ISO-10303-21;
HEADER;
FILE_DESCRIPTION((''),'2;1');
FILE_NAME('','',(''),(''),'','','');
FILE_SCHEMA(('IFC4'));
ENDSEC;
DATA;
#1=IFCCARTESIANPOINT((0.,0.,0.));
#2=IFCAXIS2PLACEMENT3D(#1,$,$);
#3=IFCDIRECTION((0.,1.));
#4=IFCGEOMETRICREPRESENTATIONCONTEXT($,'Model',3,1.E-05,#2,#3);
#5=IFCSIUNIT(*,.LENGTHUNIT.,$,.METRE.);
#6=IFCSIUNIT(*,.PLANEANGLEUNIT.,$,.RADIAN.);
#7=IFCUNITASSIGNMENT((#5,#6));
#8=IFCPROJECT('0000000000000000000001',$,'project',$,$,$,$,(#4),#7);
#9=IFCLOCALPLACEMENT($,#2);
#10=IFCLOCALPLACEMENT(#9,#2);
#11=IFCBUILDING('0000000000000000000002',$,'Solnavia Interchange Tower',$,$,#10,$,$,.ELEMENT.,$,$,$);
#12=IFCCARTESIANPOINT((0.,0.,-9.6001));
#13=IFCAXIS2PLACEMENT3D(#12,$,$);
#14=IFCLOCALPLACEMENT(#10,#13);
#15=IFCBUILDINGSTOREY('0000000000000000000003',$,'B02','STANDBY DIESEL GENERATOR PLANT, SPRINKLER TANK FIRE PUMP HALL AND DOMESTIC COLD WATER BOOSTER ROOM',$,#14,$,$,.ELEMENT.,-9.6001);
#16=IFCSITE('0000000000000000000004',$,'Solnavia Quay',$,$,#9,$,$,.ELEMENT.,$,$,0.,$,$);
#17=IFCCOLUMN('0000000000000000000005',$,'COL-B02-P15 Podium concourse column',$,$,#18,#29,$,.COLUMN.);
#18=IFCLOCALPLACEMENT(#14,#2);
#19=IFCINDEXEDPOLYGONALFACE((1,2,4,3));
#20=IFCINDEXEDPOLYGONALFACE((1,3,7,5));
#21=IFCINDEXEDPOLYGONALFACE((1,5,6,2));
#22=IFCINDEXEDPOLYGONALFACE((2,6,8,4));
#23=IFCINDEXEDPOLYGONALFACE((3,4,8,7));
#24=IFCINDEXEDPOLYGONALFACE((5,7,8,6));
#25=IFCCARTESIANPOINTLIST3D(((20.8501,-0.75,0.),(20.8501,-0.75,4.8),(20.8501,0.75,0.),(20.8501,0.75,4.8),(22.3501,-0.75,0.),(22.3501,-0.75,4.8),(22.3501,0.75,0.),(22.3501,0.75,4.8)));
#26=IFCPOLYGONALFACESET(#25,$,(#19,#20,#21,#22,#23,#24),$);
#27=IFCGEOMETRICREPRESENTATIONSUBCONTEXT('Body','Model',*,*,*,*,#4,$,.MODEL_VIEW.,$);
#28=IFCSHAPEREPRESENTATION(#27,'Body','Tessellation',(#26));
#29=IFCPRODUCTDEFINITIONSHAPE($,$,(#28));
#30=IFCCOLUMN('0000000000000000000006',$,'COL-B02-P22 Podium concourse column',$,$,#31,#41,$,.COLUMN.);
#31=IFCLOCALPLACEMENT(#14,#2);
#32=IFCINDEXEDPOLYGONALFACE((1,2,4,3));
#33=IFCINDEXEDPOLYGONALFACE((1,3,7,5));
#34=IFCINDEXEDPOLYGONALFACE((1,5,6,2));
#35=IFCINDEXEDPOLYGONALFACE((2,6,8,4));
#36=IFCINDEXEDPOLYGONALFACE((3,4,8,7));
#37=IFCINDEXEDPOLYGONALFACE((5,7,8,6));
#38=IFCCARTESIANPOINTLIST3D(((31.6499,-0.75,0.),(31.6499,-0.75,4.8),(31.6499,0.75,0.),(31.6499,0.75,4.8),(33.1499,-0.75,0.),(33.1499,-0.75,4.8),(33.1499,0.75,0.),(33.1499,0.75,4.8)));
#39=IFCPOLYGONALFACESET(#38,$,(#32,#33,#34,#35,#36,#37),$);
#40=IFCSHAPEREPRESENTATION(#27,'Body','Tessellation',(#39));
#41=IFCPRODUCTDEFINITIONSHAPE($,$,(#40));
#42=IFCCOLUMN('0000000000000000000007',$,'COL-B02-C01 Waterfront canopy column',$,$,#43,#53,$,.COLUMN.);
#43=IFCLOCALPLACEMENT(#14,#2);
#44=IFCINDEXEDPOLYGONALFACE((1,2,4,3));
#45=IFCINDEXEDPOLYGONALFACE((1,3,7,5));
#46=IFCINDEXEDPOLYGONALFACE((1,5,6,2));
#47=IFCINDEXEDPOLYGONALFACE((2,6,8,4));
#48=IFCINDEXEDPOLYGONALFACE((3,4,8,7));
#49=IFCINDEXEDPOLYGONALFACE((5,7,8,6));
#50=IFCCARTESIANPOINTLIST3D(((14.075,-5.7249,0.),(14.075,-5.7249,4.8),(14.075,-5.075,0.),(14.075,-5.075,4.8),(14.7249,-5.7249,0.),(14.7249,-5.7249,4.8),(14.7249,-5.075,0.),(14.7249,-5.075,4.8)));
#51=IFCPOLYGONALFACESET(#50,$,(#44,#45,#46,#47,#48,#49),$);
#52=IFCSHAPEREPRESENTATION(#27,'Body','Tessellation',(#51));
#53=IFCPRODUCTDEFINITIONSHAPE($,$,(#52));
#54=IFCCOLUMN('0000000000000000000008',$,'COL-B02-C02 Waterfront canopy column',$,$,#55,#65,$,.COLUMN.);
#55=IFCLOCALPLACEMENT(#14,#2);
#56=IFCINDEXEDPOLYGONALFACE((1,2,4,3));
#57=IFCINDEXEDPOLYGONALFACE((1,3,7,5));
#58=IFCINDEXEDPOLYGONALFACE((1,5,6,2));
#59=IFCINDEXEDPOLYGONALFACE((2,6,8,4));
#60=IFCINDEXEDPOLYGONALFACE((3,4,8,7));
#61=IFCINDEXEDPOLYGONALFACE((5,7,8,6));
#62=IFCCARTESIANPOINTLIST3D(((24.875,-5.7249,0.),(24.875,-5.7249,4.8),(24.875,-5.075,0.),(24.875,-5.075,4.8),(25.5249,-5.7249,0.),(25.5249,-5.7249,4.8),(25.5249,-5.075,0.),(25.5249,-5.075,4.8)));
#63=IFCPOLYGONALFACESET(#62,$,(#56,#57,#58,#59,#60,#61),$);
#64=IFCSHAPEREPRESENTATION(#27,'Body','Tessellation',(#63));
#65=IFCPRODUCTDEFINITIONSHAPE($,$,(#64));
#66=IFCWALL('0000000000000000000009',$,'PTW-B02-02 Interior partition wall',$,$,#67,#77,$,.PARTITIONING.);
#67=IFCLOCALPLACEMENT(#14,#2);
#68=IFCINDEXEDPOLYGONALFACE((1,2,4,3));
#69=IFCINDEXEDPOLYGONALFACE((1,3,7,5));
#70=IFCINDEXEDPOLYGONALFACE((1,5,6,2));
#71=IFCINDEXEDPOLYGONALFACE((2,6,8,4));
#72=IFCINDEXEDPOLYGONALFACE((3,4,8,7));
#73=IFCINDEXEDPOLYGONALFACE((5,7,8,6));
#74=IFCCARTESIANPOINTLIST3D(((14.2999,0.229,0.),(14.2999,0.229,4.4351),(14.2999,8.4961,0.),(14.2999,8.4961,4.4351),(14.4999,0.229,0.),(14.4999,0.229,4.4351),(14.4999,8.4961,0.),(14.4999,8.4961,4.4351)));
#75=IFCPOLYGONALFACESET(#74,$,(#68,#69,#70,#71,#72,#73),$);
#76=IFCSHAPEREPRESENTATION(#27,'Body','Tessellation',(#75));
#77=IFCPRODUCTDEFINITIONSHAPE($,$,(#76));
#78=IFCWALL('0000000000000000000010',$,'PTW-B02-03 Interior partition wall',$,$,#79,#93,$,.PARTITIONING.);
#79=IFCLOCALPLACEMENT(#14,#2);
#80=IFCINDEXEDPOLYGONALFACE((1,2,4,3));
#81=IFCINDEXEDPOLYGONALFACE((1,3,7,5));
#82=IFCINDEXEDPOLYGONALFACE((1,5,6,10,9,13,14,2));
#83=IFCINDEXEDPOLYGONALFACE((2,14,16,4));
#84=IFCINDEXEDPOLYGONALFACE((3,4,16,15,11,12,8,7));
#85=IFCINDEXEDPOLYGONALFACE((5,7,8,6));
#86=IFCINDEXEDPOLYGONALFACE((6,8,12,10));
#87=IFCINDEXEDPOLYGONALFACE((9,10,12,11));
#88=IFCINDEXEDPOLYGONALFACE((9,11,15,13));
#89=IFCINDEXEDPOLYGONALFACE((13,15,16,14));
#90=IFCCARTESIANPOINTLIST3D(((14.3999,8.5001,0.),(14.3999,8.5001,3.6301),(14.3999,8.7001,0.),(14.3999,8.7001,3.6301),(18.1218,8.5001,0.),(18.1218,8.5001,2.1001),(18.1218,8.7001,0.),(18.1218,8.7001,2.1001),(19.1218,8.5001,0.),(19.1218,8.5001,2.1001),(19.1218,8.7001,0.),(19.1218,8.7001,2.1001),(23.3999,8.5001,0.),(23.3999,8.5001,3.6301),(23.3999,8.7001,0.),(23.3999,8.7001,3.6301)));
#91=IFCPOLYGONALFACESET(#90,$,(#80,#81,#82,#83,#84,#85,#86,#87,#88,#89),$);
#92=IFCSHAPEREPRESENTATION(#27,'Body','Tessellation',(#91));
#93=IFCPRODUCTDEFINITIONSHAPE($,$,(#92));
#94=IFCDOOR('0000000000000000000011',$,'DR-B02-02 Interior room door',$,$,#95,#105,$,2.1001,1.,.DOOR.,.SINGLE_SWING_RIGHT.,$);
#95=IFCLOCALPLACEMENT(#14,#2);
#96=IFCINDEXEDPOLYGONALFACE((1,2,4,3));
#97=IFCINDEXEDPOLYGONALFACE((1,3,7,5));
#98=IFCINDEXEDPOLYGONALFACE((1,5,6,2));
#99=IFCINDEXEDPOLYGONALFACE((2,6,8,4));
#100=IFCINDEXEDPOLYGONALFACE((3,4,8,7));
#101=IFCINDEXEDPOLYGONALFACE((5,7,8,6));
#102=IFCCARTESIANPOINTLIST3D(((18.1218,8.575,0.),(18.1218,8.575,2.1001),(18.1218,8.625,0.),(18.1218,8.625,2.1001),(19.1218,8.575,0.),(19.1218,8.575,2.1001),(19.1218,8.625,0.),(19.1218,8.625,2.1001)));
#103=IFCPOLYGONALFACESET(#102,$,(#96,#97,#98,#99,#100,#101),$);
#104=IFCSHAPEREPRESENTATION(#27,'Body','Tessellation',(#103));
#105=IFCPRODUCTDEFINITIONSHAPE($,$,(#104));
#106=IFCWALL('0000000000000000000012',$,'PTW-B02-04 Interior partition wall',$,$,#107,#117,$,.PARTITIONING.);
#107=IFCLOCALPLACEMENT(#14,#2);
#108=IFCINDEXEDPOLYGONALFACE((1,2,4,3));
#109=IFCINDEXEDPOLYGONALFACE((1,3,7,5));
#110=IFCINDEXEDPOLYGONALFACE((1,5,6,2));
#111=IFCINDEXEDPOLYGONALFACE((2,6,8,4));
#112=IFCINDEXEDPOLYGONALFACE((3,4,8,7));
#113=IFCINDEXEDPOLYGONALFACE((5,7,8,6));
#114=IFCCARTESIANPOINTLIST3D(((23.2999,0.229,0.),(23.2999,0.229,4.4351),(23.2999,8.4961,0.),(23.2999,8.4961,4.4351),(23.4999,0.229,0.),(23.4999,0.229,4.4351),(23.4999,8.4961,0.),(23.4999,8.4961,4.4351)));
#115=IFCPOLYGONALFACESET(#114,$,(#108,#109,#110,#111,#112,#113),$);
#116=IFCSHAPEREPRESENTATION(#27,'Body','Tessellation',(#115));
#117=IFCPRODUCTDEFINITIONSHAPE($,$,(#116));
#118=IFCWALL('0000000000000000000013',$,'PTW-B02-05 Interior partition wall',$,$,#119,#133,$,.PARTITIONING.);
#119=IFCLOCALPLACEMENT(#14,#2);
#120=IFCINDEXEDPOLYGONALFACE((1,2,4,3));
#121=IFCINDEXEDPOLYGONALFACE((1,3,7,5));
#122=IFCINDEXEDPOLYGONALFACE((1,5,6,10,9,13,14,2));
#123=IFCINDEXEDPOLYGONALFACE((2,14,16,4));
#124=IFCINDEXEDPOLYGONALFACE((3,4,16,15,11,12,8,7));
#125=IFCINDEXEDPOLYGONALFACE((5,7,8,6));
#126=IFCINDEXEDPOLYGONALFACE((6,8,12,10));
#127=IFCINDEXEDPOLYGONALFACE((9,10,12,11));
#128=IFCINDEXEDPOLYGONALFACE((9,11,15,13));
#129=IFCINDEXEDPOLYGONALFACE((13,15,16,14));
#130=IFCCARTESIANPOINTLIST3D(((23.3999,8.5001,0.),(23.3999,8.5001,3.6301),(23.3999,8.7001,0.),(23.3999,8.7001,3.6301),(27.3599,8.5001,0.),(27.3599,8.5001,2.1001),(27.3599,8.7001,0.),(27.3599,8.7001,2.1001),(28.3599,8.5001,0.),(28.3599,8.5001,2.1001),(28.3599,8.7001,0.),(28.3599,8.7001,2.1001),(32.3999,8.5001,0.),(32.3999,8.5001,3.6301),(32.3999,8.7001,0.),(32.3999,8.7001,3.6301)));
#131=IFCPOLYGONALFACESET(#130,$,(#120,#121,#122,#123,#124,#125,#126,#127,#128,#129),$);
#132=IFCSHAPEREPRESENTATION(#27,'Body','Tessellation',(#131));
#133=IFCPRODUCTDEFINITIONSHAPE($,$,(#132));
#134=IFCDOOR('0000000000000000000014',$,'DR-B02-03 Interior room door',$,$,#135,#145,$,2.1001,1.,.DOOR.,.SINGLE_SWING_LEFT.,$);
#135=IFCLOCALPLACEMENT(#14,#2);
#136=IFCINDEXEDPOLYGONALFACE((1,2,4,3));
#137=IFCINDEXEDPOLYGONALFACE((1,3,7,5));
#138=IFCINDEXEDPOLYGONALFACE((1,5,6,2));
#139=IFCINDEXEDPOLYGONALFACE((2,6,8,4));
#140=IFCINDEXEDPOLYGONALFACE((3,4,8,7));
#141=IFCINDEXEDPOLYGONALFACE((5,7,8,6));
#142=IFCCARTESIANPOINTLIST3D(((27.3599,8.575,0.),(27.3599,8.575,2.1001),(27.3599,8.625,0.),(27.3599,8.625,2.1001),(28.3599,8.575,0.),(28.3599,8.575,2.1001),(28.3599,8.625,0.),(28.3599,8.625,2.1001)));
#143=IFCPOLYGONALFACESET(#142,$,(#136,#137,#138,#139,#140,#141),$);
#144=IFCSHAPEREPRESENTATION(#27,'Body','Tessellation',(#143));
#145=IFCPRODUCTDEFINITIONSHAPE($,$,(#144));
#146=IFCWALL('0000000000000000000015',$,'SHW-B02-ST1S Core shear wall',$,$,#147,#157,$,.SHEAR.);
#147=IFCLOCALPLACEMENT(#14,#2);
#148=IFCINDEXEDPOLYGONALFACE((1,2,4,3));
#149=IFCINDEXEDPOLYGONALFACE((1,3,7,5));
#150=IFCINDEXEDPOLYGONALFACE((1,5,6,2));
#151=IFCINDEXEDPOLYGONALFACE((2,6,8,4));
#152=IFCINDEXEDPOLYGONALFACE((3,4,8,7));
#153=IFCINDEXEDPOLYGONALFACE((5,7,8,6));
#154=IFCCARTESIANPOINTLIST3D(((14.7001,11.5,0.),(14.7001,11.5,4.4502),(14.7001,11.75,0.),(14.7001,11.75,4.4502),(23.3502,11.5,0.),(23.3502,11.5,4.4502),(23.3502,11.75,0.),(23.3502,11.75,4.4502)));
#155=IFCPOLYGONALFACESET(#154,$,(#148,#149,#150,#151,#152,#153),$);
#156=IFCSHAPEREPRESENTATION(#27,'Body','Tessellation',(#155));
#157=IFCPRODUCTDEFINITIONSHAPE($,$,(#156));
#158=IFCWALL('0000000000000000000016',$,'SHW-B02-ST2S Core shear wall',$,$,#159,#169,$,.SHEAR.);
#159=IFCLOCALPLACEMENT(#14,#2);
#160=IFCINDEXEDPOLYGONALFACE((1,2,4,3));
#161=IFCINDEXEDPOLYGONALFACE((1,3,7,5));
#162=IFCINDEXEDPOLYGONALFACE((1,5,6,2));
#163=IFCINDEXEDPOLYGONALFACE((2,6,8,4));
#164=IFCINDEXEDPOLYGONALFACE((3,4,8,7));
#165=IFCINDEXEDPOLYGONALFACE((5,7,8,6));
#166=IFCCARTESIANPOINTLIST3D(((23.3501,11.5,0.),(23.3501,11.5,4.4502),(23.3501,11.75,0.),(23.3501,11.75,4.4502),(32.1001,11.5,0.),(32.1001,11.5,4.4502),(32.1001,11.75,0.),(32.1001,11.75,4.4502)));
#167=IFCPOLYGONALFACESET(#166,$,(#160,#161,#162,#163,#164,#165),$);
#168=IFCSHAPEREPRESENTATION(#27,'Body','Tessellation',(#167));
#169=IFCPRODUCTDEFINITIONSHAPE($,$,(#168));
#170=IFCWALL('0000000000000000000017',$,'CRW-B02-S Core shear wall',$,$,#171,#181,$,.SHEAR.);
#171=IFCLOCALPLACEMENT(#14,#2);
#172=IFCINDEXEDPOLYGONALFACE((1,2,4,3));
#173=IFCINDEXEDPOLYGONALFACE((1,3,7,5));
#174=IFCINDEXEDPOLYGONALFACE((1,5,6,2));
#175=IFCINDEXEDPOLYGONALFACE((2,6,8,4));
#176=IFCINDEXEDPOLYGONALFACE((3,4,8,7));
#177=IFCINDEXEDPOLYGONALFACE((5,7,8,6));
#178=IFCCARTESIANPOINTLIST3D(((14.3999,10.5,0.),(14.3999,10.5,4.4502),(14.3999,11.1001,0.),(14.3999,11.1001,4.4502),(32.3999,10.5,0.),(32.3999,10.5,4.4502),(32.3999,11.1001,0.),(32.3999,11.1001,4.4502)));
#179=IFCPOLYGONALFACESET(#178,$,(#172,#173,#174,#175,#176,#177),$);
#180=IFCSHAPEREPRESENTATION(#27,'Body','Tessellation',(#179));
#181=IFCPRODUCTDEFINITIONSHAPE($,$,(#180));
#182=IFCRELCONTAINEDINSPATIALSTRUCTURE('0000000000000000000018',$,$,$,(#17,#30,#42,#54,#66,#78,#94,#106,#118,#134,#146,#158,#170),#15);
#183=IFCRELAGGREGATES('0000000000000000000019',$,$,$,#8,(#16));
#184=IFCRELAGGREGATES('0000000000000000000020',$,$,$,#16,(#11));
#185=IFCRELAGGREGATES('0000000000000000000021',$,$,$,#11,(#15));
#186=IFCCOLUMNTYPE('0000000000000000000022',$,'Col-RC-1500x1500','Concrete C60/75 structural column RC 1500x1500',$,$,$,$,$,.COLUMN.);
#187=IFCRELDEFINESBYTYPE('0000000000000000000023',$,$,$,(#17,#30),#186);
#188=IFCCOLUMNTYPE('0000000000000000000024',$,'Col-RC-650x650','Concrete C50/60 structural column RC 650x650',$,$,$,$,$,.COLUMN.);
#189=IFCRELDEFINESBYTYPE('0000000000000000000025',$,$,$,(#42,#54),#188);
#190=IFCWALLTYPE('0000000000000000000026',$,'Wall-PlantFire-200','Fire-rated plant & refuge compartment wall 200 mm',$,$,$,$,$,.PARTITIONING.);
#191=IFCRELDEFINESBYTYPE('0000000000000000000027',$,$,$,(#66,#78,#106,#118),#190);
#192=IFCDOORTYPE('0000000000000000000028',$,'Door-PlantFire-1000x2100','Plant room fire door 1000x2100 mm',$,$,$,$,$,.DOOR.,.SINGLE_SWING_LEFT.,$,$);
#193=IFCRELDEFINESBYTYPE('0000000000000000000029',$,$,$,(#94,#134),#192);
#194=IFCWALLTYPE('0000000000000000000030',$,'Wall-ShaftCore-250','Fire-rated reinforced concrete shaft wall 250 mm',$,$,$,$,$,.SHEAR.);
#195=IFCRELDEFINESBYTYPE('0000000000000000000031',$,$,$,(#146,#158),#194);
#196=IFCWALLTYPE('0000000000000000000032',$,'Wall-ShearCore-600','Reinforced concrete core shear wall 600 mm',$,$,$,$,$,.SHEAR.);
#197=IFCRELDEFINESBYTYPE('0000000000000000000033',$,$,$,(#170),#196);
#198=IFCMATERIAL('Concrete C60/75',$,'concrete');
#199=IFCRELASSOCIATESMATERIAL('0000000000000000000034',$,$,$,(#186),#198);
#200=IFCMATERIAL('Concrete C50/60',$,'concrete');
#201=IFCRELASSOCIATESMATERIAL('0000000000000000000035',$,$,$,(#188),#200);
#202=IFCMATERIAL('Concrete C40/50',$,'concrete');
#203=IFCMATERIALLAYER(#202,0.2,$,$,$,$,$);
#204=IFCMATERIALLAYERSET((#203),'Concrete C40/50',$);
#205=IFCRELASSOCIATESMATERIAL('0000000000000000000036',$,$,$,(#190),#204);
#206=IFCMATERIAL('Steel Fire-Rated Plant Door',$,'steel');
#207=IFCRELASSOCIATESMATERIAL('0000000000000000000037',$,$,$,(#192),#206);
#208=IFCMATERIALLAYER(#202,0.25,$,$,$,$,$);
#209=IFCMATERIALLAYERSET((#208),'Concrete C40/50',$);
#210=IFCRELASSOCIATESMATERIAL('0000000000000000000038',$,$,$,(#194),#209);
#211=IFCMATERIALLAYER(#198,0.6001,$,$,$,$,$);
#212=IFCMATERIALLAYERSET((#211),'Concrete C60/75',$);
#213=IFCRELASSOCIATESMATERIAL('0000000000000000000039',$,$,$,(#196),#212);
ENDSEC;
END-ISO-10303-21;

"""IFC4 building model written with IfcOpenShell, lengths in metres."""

from ifc_helpers import new_model, si_unit, direction, frame, frame_2d, origin, origin_2d, place, context, subcontext, project, spatial, rectangle, extrude, material, layer, layer_set, material_profile, profile_set, type_object, element, fill, save


model = new_model("IFC4")

# Units and contexts
model_context = context("Model", 3, precision=1e-05, world=origin(), true_north=direction((0.0, 1.0)))
body_context = subcontext(model_context, "Body", "Model", "MODEL_VIEW")
ifc_project = project(units=[si_unit("LENGTHUNIT", "METRE"), si_unit("PLANEANGLEUNIT", "RADIAN")], contexts=[model_context])

# Site, building, storey
site_placement = place(None, origin())
site = spatial("IfcSite", under=ifc_project, at=site_placement, Name="Solnavia Quay", CompositionType="ELEMENT", RefElevation=0.0)
building_placement = place(site_placement, origin())
building = spatial("IfcBuilding", under=site, at=building_placement, Name="Solnavia Interchange Tower", CompositionType="ELEMENT")
storey_placement = place(building_placement, frame((0.0, 0.0, -9.6001)))
storey = spatial("IfcBuildingStorey", under=building, at=storey_placement, Name="B02", Description="STANDBY DIESEL GENERATOR PLANT, SPRINKLER TANK FIRE PUMP HALL AND DOMESTIC COLD WATER BOOSTER ROOM", CompositionType="ELEMENT", Elevation=-9.6001)

# Shared definitions
ifc_material_1 = material(Name="Concrete C40/50", Category="concrete")

# Columns
ifc_material_2 = material(Name="Concrete C60/75", Category="concrete")
ifc_material_profile_1 = material_profile(ifc_material_2, rectangle(XDim=1.5, YDim=1.5, at=origin_2d()), Name="RC 1500x1500")
ifc_profile_set_1 = profile_set([ifc_material_profile_1], Name="Concrete C60/75")
column_type_1 = type_object("IfcColumnType", Name="Col-RC-1500x1500", Description="Concrete C60/75 structural column RC 1500x1500", PredefinedType="COLUMN", material=ifc_profile_set_1)
for number, where, z_axis, x_axis, name in (
    (1, (21.6001, 0.0, 0.0), (0.0, 0.0, 1.0), (1.0, 0.0, 0.0), "COL-B02-P15 Podium concourse column"),
    (2, (32.3999, 0.0, 0.0), (0.0, 0.0, 1.0), (1.0, 0.0, 0.0), "COL-B02-P22 Podium concourse column"),
):
    element("IfcColumn", number, at=place(storey_placement, frame(where, z_axis=z_axis, x_axis=x_axis)), inside=storey, type_object=column_type_1, Name=name, PredefinedType="COLUMN", context=body_context, shape_type="SweptSolid", body=[
        extrude(rectangle(XDim=1.5, YDim=1.5, at=origin_2d()), origin(), (0.0, 0.0, 1.0), 4.8),
    ])
ifc_material_3 = material(Name="Concrete C50/60", Category="concrete")
ifc_material_profile_2 = material_profile(ifc_material_3, rectangle(XDim=0.6499, YDim=0.6499, at=origin_2d()), Name="RC 650x650")
ifc_profile_set_2 = profile_set([ifc_material_profile_2], Name="Concrete C50/60")
column_type_2 = type_object("IfcColumnType", Name="Col-RC-650x650", Description="Concrete C50/60 structural column RC 650x650", PredefinedType="COLUMN", material=ifc_profile_set_2)
for number, where, z_axis, x_axis, name in (
    (3, (14.3999, -5.3999, 0.0), (0.0, 0.0, 1.0), (1.0, 0.0, 0.0), "COL-B02-C01 Waterfront canopy column"),
    (4, (25.2, -5.3999, 0.0), (0.0, 0.0, 1.0), (1.0, 0.0, 0.0), "COL-B02-C02 Waterfront canopy column"),
):
    element("IfcColumn", number, at=place(storey_placement, frame(where, z_axis=z_axis, x_axis=x_axis)), inside=storey, type_object=column_type_2, Name=name, PredefinedType="COLUMN", context=body_context, shape_type="SweptSolid", body=[
        extrude(rectangle(XDim=0.6499, YDim=0.6499, at=origin_2d()), origin(), (0.0, 0.0, 1.0), 4.8),
    ])

# Wall
ifc_layer_1 = layer(ifc_material_1, 0.2)
ifc_layer_set_1 = layer_set([ifc_layer_1], Name="Concrete C40/50")
wall_type_1 = type_object("IfcWallType", Name="Wall-PlantFire-200", Description="Fire-rated plant & refuge compartment wall 200 mm", PredefinedType="PARTITIONING", material=ifc_layer_set_1)
wall_1_placement = place(storey_placement, frame((14.3999, 0.229, 0.0), z_axis=(0.0, 0.0, 1.0), x_axis=(0.0, 1.0, 0.0)))
element("IfcWall", 5, at=wall_1_placement, inside=storey, type_object=wall_type_1, Name="PTW-B02-02 Interior partition wall", PredefinedType="PARTITIONING", context=body_context, shape_type="SweptSolid", body=[
    extrude(rectangle(XDim=8.2671, YDim=0.2, at=frame_2d((4.1335, 0.0))), origin(), (0.0, 0.0, 1.0), 4.4351),
])

# Wall, opening, door
wall_2_placement = place(storey_placement, frame((14.3999, 8.6001, 0.0), z_axis=(0.0, 0.0, 1.0), x_axis=(1.0, 0.0, 0.0)))
wall_2 = element("IfcWall", 6, at=wall_2_placement, inside=storey, type_object=wall_type_1, Name="PTW-B02-03 Interior partition wall", PredefinedType="PARTITIONING", context=body_context, shape_type="SweptSolid", body=[
    extrude(rectangle(XDim=9.0, YDim=0.2, at=frame_2d((4.5, 0.0))), origin(), (0.0, 0.0, 1.0), 3.6301),
])
opening_1_placement = place(wall_2_placement, frame((3.7219, 0.0, 0.0)))
opening_1 = element("IfcOpeningElement", 7, at=opening_1_placement, cuts=wall_2, PredefinedType="OPENING", context=body_context, shape_type="SweptSolid", body=[
    extrude(rectangle(XDim=1.0, YDim=2.1001, at=frame_2d((0.5, 1.05))), frame((0.0, 0.1099, 0.0), z_axis=(0.0, -1.0, 0.0), x_axis=(1.0, 0.0, 0.0)), (0.0, 0.0, 1.0), 0.22),
])
ifc_material_4 = material(Name="Steel Fire-Rated Plant Door", Category="steel")
door_type_1 = type_object("IfcDoorType", Name="Door-PlantFire-1000x2100", Description="Plant room fire door 1000x2100 mm", OperationType="SINGLE_SWING_LEFT", PredefinedType="DOOR", material=ifc_material_4)
door_1_placement = place(opening_1_placement, origin())
door_1 = element("IfcDoor", 8, at=door_1_placement, inside=storey, type_object=door_type_1, Name="DR-B02-02 Interior room door", OperationType="SINGLE_SWING_RIGHT", OverallHeight=2.1001, OverallWidth=1.0, PredefinedType="DOOR", context=body_context, shape_type="SweptSolid", body=[
    extrude(rectangle(XDim=1.0, YDim=2.1001, at=frame_2d((0.5, 1.05))), frame((0.0, 0.0249, 0.0), z_axis=(0.0, -1.0, 0.0), x_axis=(1.0, 0.0, 0.0)), (0.0, 0.0, 1.0), 0.05),
])
fill(opening_1, door_1)

# Wall
wall_3_placement = place(storey_placement, frame((23.3999, 0.229, 0.0), z_axis=(0.0, 0.0, 1.0), x_axis=(0.0, 1.0, 0.0)))
element("IfcWall", 9, at=wall_3_placement, inside=storey, type_object=wall_type_1, Name="PTW-B02-04 Interior partition wall", PredefinedType="PARTITIONING", context=body_context, shape_type="SweptSolid", body=[
    extrude(rectangle(XDim=8.2671, YDim=0.2, at=frame_2d((4.1335, 0.0))), origin(), (0.0, 0.0, 1.0), 4.4351),
])

# Wall, opening, door
wall_4_placement = place(storey_placement, frame((23.3999, 8.6001, 0.0), z_axis=(0.0, 0.0, 1.0), x_axis=(1.0, 0.0, 0.0)))
wall_4 = element("IfcWall", 10, at=wall_4_placement, inside=storey, type_object=wall_type_1, Name="PTW-B02-05 Interior partition wall", PredefinedType="PARTITIONING", context=body_context, shape_type="SweptSolid", body=[
    extrude(rectangle(XDim=9.0, YDim=0.2, at=frame_2d((4.5, 0.0))), origin(), (0.0, 0.0, 1.0), 3.6301),
])
opening_2_placement = place(wall_4_placement, frame((3.96, 0.0, 0.0)))
opening_2 = element("IfcOpeningElement", 11, at=opening_2_placement, cuts=wall_4, PredefinedType="OPENING", context=body_context, shape_type="SweptSolid", body=[
    extrude(rectangle(XDim=1.0, YDim=2.1001, at=frame_2d((0.5, 1.05))), frame((0.0, 0.1099, 0.0), z_axis=(0.0, -1.0, 0.0), x_axis=(1.0, 0.0, 0.0)), (0.0, 0.0, 1.0), 0.22),
])
door_2_placement = place(opening_2_placement, origin())
door_2 = element("IfcDoor", 12, at=door_2_placement, inside=storey, type_object=door_type_1, Name="DR-B02-03 Interior room door", OperationType="SINGLE_SWING_LEFT", OverallHeight=2.1001, OverallWidth=1.0, PredefinedType="DOOR", context=body_context, shape_type="SweptSolid", body=[
    extrude(rectangle(XDim=1.0, YDim=2.1001, at=frame_2d((0.5, 1.05))), frame((0.0, 0.0249, 0.0), z_axis=(0.0, -1.0, 0.0), x_axis=(1.0, 0.0, 0.0)), (0.0, 0.0, 1.0), 0.05),
])
fill(opening_2, door_2)

# Walls
ifc_layer_2 = layer(ifc_material_1, 0.25)
ifc_layer_set_2 = layer_set([ifc_layer_2], Name="Concrete C40/50")
wall_type_2 = type_object("IfcWallType", Name="Wall-ShaftCore-250", Description="Fire-rated reinforced concrete shaft wall 250 mm", PredefinedType="SHEAR", material=ifc_layer_set_2)
wall_5_placement = place(storey_placement, frame((14.7, 11.625, 0.0), z_axis=(0.0, 0.0, 1.0), x_axis=(1.0, 0.0, 0.0)))
element("IfcWall", 13, at=wall_5_placement, inside=storey, type_object=wall_type_2, Name="SHW-B02-ST1S Core shear wall", PredefinedType="SHEAR", context=body_context, shape_type="SweptSolid", body=[
    extrude(rectangle(XDim=8.6501, YDim=0.25, at=frame_2d((4.3252, 0.0))), origin(), (0.0, 0.0, 1.0), 4.4502),
])
wall_6_placement = place(storey_placement, frame((23.3501, 11.625, 0.0), z_axis=(0.0, 0.0, 1.0), x_axis=(1.0, 0.0, 0.0)))
element("IfcWall", 14, at=wall_6_placement, inside=storey, type_object=wall_type_2, Name="SHW-B02-ST2S Core shear wall", PredefinedType="SHEAR", context=body_context, shape_type="SweptSolid", body=[
    extrude(rectangle(XDim=8.75, YDim=0.25, at=frame_2d((4.375, 0.0))), origin(), (0.0, 0.0, 1.0), 4.4502),
])
ifc_layer_3 = layer(ifc_material_2, 0.6001)
ifc_layer_set_3 = layer_set([ifc_layer_3], Name="Concrete C60/75")
wall_type_3 = type_object("IfcWallType", Name="Wall-ShearCore-600", Description="Reinforced concrete core shear wall 600 mm", PredefinedType="SHEAR", material=ifc_layer_set_3)
wall_7_placement = place(storey_placement, frame((14.3999, 10.8, 0.0), z_axis=(0.0, 0.0, 1.0), x_axis=(1.0, 0.0, 0.0)))
element("IfcWall", 15, at=wall_7_placement, inside=storey, type_object=wall_type_3, Name="CRW-B02-S Core shear wall", PredefinedType="SHEAR", context=body_context, shape_type="SweptSolid", body=[
    extrude(rectangle(XDim=18.0, YDim=0.6001, at=frame_2d((9.0, 0.0))), origin(), (0.0, 0.0, 1.0), 4.4502),
])

save(model, "model.ifc")
